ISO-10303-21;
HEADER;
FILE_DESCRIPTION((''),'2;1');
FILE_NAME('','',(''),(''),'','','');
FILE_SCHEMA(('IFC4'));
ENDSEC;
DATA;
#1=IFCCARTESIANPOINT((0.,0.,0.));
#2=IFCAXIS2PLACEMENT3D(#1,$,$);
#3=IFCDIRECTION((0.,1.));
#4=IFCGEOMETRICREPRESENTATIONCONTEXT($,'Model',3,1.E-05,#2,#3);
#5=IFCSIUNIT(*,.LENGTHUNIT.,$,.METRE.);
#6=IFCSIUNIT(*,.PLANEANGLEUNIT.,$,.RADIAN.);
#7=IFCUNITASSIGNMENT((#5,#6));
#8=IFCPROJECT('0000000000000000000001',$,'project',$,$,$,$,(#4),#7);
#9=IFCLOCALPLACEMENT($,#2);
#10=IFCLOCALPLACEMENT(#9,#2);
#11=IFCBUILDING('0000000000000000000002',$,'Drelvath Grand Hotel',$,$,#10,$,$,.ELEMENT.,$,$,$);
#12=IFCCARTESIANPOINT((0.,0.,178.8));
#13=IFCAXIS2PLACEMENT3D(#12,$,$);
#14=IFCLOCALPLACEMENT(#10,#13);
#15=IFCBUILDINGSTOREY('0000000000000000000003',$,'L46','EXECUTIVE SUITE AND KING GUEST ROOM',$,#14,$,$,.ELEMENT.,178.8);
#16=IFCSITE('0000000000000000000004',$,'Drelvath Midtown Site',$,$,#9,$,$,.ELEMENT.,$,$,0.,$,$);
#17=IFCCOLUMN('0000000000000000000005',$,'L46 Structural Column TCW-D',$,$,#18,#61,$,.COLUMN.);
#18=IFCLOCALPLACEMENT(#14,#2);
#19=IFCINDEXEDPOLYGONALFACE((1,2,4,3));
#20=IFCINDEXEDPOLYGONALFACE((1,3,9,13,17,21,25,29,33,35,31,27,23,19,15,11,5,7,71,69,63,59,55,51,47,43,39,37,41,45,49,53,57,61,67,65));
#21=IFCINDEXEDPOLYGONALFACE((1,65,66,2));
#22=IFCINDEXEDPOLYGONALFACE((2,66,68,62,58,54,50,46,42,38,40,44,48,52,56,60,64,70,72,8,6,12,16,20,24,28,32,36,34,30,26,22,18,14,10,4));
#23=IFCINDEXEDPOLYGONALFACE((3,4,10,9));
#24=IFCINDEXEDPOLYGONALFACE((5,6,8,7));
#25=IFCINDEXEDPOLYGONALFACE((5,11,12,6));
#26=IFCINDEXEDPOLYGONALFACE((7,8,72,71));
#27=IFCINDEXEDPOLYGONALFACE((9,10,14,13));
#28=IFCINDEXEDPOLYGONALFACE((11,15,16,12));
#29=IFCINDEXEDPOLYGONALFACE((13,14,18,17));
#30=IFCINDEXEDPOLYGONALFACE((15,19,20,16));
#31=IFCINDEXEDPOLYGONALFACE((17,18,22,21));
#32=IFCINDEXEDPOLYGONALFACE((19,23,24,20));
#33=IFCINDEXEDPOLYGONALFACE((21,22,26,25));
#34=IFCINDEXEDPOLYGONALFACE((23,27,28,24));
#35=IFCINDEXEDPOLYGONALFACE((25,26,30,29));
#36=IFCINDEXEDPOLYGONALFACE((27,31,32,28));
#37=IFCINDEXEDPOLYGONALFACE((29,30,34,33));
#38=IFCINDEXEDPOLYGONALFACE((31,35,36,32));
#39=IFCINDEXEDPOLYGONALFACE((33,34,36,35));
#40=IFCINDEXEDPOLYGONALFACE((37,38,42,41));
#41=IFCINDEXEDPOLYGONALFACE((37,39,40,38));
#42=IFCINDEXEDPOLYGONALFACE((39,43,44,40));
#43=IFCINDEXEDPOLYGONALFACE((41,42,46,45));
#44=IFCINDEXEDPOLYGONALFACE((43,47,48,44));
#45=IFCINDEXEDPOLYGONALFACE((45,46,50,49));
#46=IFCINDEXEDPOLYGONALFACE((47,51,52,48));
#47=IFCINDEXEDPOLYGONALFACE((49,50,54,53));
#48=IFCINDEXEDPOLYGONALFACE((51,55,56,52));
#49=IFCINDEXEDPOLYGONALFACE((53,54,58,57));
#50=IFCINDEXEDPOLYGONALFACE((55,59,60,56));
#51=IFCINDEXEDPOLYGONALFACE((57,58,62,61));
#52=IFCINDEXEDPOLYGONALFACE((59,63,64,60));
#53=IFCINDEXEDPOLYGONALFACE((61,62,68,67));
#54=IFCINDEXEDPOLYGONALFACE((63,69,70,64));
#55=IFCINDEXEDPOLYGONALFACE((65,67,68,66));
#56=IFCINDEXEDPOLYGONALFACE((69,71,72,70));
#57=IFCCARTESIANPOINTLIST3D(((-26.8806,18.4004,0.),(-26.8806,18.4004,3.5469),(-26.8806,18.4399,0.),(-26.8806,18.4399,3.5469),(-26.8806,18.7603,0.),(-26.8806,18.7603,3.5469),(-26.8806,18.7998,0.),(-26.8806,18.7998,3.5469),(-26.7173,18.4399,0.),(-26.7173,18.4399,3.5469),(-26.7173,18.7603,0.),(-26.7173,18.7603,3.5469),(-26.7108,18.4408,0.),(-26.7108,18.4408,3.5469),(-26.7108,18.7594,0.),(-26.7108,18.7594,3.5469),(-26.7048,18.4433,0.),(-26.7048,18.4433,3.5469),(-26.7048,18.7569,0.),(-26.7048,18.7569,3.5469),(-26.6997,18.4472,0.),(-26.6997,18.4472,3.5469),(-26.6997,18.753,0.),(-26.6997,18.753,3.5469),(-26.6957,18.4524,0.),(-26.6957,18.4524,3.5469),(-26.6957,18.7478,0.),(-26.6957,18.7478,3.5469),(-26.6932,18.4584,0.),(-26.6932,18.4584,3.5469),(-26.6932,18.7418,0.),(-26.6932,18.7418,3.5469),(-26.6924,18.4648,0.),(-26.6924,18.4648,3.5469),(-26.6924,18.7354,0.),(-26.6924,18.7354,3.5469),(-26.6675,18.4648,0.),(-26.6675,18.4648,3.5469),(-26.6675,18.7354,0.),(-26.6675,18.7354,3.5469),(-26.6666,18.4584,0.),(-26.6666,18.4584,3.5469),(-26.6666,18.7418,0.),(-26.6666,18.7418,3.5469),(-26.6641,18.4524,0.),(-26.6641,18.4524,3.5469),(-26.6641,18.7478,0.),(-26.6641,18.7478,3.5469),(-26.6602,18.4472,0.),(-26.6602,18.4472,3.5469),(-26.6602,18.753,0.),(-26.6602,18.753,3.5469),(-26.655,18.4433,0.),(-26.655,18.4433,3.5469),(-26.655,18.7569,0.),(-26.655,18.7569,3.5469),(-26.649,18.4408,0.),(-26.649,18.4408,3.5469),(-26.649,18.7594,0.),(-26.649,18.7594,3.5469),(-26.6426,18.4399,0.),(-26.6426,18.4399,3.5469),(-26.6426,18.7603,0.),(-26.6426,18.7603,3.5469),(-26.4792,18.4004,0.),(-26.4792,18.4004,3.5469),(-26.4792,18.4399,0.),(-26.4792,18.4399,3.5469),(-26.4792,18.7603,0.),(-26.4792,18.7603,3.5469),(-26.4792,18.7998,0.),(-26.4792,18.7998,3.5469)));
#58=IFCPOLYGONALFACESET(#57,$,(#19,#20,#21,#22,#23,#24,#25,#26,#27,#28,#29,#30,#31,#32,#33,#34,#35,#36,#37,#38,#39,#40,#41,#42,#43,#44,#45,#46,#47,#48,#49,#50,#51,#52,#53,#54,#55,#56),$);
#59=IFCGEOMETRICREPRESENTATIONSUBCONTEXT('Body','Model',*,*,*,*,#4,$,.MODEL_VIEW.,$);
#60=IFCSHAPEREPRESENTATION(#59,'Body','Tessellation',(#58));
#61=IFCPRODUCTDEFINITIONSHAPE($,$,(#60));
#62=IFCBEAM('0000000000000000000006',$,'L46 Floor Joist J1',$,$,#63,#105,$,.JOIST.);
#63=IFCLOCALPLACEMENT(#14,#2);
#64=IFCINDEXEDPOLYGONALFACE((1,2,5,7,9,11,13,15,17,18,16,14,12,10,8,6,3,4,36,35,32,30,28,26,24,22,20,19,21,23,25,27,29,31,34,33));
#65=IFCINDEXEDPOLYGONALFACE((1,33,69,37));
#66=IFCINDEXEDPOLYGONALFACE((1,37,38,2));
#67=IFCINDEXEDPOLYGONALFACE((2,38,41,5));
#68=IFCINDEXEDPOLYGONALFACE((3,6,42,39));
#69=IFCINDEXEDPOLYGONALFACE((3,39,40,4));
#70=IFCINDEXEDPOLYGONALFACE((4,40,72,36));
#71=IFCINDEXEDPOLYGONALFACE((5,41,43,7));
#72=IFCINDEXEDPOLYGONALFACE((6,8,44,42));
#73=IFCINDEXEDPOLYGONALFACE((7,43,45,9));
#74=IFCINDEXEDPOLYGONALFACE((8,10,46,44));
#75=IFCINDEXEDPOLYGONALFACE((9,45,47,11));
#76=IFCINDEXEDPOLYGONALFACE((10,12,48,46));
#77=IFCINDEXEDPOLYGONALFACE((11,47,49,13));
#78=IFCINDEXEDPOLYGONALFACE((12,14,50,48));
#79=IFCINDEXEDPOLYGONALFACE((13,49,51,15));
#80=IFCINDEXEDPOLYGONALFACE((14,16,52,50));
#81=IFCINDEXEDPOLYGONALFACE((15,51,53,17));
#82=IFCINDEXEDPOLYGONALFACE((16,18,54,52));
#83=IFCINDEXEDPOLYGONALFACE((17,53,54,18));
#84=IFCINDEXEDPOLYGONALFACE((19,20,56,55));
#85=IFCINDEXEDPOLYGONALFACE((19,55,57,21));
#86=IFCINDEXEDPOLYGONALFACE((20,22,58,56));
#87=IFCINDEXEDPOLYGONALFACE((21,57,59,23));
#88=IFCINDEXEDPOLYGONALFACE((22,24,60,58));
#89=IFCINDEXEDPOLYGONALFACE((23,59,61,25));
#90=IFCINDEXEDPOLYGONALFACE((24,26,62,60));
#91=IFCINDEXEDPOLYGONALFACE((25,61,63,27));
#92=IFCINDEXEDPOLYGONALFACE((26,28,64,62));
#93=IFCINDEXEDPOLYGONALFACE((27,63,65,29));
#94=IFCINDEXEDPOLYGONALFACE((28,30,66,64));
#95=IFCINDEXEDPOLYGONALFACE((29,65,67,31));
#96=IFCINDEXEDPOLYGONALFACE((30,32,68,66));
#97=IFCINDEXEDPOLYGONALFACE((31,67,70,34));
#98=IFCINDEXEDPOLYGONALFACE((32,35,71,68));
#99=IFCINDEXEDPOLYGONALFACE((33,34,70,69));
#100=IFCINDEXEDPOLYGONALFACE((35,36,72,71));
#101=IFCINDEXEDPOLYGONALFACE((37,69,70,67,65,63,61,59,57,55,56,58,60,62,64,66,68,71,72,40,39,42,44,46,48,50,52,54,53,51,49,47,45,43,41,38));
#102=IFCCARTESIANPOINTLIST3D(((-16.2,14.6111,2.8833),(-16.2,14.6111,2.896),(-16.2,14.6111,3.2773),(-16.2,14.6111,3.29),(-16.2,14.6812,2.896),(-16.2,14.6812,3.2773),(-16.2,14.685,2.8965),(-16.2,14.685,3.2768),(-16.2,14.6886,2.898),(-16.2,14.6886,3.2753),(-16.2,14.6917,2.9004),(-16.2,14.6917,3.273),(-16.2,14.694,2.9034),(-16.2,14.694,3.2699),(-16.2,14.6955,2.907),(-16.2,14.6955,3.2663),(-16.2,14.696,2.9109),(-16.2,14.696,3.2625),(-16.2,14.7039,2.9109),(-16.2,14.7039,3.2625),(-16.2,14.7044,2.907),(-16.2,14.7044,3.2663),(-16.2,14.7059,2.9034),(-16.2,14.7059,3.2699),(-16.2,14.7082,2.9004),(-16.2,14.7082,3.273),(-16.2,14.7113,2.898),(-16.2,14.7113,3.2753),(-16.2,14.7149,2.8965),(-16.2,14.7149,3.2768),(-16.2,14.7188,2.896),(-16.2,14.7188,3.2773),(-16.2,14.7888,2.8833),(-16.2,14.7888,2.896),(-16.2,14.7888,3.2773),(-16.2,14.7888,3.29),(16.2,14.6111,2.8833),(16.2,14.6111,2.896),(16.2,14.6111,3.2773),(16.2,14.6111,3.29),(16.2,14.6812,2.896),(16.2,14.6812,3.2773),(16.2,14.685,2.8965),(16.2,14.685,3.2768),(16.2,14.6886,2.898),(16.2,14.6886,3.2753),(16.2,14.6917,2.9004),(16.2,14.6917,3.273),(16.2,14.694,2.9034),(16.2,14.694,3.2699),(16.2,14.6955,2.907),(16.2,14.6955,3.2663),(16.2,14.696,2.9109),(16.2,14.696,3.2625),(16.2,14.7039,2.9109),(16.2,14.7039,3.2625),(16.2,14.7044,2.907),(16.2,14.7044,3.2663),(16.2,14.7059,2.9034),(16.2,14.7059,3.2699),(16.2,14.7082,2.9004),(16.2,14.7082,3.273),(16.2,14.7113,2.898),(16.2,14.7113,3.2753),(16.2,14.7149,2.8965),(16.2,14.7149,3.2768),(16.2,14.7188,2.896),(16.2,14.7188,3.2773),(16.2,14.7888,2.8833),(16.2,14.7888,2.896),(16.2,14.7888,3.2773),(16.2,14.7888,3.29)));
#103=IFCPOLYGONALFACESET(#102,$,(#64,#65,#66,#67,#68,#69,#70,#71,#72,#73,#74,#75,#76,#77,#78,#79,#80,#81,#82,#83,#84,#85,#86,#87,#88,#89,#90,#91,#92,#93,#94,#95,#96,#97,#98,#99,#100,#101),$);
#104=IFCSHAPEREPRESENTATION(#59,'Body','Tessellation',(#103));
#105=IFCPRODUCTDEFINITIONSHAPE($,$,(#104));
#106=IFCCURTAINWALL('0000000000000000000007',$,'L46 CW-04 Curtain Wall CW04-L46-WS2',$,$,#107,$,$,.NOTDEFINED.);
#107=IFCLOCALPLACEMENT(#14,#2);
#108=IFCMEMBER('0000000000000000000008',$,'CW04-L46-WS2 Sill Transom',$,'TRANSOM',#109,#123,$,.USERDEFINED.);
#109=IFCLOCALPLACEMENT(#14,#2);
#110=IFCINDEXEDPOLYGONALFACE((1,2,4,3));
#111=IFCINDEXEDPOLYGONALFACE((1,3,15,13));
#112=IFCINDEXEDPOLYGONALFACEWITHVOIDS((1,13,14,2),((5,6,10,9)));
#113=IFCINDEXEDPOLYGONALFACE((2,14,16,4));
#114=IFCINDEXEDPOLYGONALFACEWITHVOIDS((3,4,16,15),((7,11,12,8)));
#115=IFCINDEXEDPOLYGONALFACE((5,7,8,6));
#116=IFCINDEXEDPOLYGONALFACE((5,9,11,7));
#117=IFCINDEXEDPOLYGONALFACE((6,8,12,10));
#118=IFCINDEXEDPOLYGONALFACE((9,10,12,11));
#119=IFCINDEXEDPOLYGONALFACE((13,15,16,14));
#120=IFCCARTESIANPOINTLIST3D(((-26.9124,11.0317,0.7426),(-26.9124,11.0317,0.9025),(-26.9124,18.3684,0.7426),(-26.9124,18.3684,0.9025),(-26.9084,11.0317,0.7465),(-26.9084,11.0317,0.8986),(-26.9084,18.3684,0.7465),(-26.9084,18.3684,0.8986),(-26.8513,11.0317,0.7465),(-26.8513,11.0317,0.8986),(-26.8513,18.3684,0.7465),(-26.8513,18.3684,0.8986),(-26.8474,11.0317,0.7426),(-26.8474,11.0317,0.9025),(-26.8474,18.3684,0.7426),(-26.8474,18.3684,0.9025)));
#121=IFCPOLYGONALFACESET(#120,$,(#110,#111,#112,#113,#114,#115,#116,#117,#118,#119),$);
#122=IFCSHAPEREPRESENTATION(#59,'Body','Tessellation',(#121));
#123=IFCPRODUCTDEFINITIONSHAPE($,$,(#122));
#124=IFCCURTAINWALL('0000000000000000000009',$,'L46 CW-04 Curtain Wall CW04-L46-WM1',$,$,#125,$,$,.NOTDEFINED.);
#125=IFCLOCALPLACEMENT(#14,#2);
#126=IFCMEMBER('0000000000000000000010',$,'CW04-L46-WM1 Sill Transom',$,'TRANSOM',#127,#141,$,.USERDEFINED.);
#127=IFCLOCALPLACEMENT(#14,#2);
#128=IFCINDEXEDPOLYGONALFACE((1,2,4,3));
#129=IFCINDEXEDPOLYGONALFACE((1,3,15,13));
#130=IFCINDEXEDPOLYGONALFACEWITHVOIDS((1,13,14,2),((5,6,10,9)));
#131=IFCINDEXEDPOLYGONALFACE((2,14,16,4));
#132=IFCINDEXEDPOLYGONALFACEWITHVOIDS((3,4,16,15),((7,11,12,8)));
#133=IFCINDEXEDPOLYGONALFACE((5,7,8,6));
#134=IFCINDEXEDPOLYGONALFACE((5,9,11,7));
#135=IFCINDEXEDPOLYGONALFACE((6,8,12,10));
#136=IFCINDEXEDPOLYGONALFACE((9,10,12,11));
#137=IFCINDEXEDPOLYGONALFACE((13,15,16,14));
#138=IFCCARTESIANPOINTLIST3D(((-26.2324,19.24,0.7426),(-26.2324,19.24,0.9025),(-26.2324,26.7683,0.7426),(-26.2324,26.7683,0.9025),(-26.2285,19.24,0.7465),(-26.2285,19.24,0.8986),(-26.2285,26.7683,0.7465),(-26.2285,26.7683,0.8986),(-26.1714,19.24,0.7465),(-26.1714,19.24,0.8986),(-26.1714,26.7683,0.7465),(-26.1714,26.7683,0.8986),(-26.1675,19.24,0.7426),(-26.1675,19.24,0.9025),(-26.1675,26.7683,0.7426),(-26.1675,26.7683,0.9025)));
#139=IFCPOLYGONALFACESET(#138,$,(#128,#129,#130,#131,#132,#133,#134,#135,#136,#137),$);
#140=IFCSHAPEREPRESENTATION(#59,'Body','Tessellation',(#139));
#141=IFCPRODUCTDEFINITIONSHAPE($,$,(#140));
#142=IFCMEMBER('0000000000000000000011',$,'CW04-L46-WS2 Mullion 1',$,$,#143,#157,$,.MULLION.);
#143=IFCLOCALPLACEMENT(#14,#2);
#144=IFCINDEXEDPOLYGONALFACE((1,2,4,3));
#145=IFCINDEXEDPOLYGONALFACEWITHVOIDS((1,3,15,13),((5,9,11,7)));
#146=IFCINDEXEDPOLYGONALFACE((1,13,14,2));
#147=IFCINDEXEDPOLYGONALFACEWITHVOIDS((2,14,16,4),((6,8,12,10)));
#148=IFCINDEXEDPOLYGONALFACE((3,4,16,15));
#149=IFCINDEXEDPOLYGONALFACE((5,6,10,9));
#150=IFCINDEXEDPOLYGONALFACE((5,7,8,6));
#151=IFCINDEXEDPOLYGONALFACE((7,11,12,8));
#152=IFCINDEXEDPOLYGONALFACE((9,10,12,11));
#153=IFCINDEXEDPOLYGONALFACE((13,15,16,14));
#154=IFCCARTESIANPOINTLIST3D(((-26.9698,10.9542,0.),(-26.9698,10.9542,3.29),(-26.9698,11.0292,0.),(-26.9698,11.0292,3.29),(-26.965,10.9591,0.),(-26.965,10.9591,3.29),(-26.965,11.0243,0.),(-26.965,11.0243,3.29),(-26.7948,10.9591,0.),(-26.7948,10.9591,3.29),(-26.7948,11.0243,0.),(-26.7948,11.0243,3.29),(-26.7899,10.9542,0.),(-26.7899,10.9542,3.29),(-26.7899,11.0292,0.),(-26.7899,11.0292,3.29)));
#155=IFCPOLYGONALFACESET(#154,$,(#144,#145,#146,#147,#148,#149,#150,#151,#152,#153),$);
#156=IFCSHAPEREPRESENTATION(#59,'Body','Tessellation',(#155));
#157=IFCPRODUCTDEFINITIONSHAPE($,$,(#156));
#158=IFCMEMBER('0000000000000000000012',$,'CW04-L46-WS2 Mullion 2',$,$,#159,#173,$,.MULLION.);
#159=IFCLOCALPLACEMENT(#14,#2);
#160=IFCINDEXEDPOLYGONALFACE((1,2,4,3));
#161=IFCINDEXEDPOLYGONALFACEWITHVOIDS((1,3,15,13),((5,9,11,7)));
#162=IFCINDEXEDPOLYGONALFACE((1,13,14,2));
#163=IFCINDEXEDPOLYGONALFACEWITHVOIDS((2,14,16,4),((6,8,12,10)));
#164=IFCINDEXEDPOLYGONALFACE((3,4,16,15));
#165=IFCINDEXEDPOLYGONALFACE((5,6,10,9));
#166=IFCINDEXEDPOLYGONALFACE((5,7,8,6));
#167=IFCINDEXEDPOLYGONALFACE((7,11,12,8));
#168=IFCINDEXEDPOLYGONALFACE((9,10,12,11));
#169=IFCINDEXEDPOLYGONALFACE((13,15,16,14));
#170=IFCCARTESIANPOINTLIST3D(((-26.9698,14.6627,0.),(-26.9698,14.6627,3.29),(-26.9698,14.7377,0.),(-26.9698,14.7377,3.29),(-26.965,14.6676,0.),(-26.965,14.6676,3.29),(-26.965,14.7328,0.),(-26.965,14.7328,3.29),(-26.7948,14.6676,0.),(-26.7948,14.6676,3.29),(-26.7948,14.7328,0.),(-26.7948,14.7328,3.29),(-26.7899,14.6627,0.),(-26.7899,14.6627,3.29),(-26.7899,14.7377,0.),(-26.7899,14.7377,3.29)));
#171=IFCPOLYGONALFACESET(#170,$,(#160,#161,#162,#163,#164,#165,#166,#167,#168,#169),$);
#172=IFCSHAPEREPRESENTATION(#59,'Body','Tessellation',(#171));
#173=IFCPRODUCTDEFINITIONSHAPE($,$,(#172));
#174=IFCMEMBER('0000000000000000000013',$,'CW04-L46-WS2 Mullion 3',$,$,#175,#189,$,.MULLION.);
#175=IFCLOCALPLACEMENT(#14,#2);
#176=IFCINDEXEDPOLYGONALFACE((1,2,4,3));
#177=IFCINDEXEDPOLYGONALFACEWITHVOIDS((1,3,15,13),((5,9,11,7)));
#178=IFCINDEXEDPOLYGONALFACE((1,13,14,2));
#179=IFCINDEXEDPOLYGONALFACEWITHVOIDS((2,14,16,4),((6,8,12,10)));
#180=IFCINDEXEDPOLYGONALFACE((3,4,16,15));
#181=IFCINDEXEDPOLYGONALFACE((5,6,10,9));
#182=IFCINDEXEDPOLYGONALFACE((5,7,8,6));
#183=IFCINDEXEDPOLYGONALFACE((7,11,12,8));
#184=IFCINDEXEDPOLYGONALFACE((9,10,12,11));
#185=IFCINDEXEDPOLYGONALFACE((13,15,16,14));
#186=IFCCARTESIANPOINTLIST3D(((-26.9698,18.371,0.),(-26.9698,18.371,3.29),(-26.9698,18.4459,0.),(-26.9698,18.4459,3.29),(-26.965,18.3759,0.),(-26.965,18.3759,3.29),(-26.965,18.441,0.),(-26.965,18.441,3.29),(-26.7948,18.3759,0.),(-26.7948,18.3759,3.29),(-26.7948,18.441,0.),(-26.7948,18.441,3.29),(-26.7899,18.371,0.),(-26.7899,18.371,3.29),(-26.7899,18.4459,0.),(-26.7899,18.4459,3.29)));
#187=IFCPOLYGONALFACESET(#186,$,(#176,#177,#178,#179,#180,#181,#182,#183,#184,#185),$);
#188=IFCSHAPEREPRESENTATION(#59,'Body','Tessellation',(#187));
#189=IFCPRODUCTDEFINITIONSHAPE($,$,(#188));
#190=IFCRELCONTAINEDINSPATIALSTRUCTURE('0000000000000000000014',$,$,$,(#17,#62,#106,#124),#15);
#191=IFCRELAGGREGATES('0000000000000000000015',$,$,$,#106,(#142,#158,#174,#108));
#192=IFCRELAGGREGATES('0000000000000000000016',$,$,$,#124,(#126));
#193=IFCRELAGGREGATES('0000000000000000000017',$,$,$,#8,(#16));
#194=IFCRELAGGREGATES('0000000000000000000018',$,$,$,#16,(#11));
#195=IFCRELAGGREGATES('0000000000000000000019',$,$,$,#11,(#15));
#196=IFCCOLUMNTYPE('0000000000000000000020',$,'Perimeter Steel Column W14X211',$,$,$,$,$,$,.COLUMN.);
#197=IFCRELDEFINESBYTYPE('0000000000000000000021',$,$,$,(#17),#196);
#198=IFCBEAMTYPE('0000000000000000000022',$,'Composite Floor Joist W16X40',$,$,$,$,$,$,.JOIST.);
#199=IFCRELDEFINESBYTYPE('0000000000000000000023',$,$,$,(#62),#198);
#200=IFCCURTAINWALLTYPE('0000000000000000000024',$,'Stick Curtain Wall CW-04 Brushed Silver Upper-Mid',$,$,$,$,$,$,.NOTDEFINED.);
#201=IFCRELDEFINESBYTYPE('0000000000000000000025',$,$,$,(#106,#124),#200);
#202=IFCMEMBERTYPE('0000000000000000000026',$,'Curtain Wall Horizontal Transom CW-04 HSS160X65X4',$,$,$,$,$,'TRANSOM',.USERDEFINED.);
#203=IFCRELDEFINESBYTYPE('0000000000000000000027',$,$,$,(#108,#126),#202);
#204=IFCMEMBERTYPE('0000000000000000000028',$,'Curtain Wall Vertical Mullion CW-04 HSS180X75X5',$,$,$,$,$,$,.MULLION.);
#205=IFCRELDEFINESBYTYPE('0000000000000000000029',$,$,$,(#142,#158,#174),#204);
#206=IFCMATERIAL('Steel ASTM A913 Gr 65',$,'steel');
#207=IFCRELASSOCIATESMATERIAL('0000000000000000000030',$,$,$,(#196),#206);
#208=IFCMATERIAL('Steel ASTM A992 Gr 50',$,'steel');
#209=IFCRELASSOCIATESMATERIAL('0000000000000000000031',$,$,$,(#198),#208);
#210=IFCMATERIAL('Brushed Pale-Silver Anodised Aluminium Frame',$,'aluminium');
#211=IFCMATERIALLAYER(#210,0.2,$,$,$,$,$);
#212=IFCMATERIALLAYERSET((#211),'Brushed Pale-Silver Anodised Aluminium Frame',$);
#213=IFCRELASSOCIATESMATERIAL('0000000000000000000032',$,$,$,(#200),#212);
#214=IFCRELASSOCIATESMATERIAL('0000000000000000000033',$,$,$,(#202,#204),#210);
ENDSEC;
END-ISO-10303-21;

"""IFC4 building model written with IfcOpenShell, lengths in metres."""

from ifc_helpers import new_model, si_unit, direction, frame, origin, origin_2d, place, context, subcontext, project, spatial, hollow_rectangle, i_section, extrude, material, layer, layer_set, material_profile, profile_set, type_object, element, aggregate, save


model = new_model("IFC4")

# Units and contexts
model_context = context("Model", 3, precision=1e-05, world=origin(), true_north=direction((0.0, 1.0)))
body_context = subcontext(model_context, "Body", "Model", "MODEL_VIEW")
ifc_project = project(units=[si_unit("LENGTHUNIT", "METRE"), si_unit("PLANEANGLEUNIT", "RADIAN")], contexts=[model_context])

# Site, building, storey
site_placement = place(None, origin())
site = spatial("IfcSite", under=ifc_project, at=site_placement, Name="Drelvath Midtown Site", CompositionType="ELEMENT", RefElevation=0.0)
building_placement = place(site_placement, origin())
building = spatial("IfcBuilding", under=site, at=building_placement, Name="Drelvath Grand Hotel", CompositionType="ELEMENT")
storey_placement = place(building_placement, frame((0.0, 0.0, 178.8)))
storey = spatial("IfcBuildingStorey", under=building, at=storey_placement, Name="L46", Description="EXECUTIVE SUITE AND KING GUEST ROOM", CompositionType="ELEMENT", Elevation=178.8)

# Column
ifc_material_1 = material(Name="Steel ASTM A913 Gr 65", Category="steel")
ifc_material_profile_1 = material_profile(ifc_material_1, i_section(OverallWidth=0.4014, OverallDepth=0.3994, WebThickness=0.0249, FlangeThickness=0.0396, FilletRadius=0.0249, at=origin_2d()), Name="W14X211")
ifc_profile_set_1 = profile_set([ifc_material_profile_1], Name="Steel ASTM A913 Gr 65")
column_type = type_object("IfcColumnType", Name="Perimeter Steel Column W14X211", PredefinedType="COLUMN", material=ifc_profile_set_1)
column_placement = place(storey_placement, frame((-26.6799, 18.6001, 0.0), z_axis=(0.0, 0.0, 1.0), x_axis=(1.0, 0.0, 0.0)))
element("IfcColumn", 1, at=column_placement, inside=storey, type_object=column_type, Name="L46 Structural Column TCW-D", PredefinedType="COLUMN", context=body_context, shape_type="SweptSolid", body=[
    extrude(i_section(OverallWidth=0.4014, OverallDepth=0.3994, WebThickness=0.0249, FlangeThickness=0.0396, FilletRadius=0.0249, at=origin_2d()), origin(), (0.0, 0.0, 1.0), 3.5469),
])

# Beam
ifc_material_2 = material(Name="Steel ASTM A992 Gr 50", Category="steel")
ifc_material_profile_2 = material_profile(ifc_material_2, i_section(OverallWidth=0.1777, OverallDepth=0.4067, WebThickness=0.0078, FlangeThickness=0.0127, FilletRadius=0.0149, at=origin_2d()), Name="W16X40")
ifc_profile_set_2 = profile_set([ifc_material_profile_2], Name="Steel ASTM A992 Gr 50")
beam_type_1 = type_object("IfcBeamType", Name="Composite Floor Joist W16X40", PredefinedType="JOIST", material=ifc_profile_set_2)
beam_1_placement = place(storey_placement, frame((-16.2, 14.7, 3.0867), z_axis=(1.0, 0.0, 0.0), x_axis=(0.0, 1.0, 0.0)))
element("IfcBeam", 2, at=beam_1_placement, inside=storey, type_object=beam_type_1, Name="L46 Floor Joist J1", PredefinedType="JOIST", context=body_context, shape_type="SweptSolid", body=[
    extrude(i_section(OverallWidth=0.1777, OverallDepth=0.4067, WebThickness=0.0078, FlangeThickness=0.0127, FilletRadius=0.0149, at=origin_2d()), origin(), (0.0, 0.0, 1.0), 32.3999),
])

# Curtain walls, members
ifc_material_3 = material(Name="Brushed Pale-Silver Anodised Aluminium Frame", Category="aluminium")
ifc_layer_1 = layer(ifc_material_3, 0.2)
ifc_layer_set_1 = layer_set([ifc_layer_1], Name="Brushed Pale-Silver Anodised Aluminium Frame")
curtain_wall_type = type_object("IfcCurtainWallType", Name="Stick Curtain Wall CW-04 Brushed Silver Upper-Mid", PredefinedType="NOTDEFINED", material=ifc_layer_set_1)
curtain_wall_1_placement = place(storey_placement, origin())
curtain_wall_1 = element("IfcCurtainWall", 3, at=curtain_wall_1_placement, inside=storey, type_object=curtain_wall_type, Name="L46 CW-04 Curtain Wall CW04-L46-WS2", PredefinedType="NOTDEFINED")
ifc_material_profile_3 = material_profile(ifc_material_3, hollow_rectangle(XDim=0.0649, YDim=0.1599, WallThickness=0.0039, at=origin_2d()), Name="HSS160X65X4")
ifc_profile_set_3 = profile_set([ifc_material_profile_3], Name="Brushed Pale-Silver Anodised Aluminium Frame")
member_type_1 = type_object("IfcMemberType", Name="Curtain Wall Horizontal Transom CW-04 HSS160X65X4", ElementType="TRANSOM", PredefinedType="USERDEFINED", material=ifc_profile_set_3)
member_1_placement = place(storey_placement, frame((-26.8799, 11.0317, 0.8225), z_axis=(0.0, 1.0, 0.0), x_axis=(-1.0, 0.0, 0.0)))
member_1 = element("IfcMember", 4, at=member_1_placement, type_object=member_type_1, Name="CW04-L46-WS2 Sill Transom", ObjectType="TRANSOM", PredefinedType="USERDEFINED", context=body_context, shape_type="SweptSolid", body=[
    extrude(hollow_rectangle(XDim=0.0649, YDim=0.1599, WallThickness=0.0039, at=origin_2d()), origin(), (0.0, 0.0, 1.0), 7.3367),
])
curtain_wall_2_placement = place(storey_placement, origin())
curtain_wall_2 = element("IfcCurtainWall", 5, at=curtain_wall_2_placement, inside=storey, type_object=curtain_wall_type, Name="L46 CW-04 Curtain Wall CW04-L46-WM1", PredefinedType="NOTDEFINED")
member_2_placement = place(storey_placement, frame((-26.2, 19.24, 0.8225), z_axis=(0.0, 1.0, 0.0), x_axis=(-1.0, 0.0, 0.0)))
member_2 = element("IfcMember", 6, at=member_2_placement, type_object=member_type_1, Name="CW04-L46-WM1 Sill Transom", ObjectType="TRANSOM", PredefinedType="USERDEFINED", context=body_context, shape_type="SweptSolid", body=[
    extrude(hollow_rectangle(XDim=0.0649, YDim=0.1599, WallThickness=0.0039, at=origin_2d()), origin(), (0.0, 0.0, 1.0), 7.5283),
])

# Members
ifc_material_profile_4 = material_profile(ifc_material_3, hollow_rectangle(XDim=0.075, YDim=0.1799, WallThickness=0.0049, at=origin_2d()), Name="HSS180X75X5")
ifc_profile_set_4 = profile_set([ifc_material_profile_4], Name="Brushed Pale-Silver Anodised Aluminium Frame")
member_type_2 = type_object("IfcMemberType", Name="Curtain Wall Vertical Mullion CW-04 HSS180X75X5", PredefinedType="MULLION", material=ifc_profile_set_4)
member_3_placement = place(storey_placement, frame((-26.8799, 10.9917, 0.0), z_axis=(0.0, 0.0, 1.0), x_axis=(0.0, 1.0, 0.0)))
member_3 = element("IfcMember", 7, at=member_3_placement, type_object=member_type_2, Name="CW04-L46-WS2 Mullion 1", PredefinedType="MULLION", context=body_context, shape_type="SweptSolid", body=[
    extrude(hollow_rectangle(XDim=0.075, YDim=0.1799, WallThickness=0.0049, at=origin_2d()), origin(), (0.0, 0.0, 1.0), 3.29),
])
member_4_placement = place(storey_placement, frame((-26.8799, 14.7002, 0.0), z_axis=(0.0, 0.0, 1.0), x_axis=(0.0, 1.0, 0.0)))
member_4 = element("IfcMember", 8, at=member_4_placement, type_object=member_type_2, Name="CW04-L46-WS2 Mullion 2", PredefinedType="MULLION", context=body_context, shape_type="SweptSolid", body=[
    extrude(hollow_rectangle(XDim=0.075, YDim=0.1799, WallThickness=0.0049, at=origin_2d()), origin(), (0.0, 0.0, 1.0), 3.29),
])
member_5_placement = place(storey_placement, frame((-26.8799, 18.4084, 0.0), z_axis=(0.0, 0.0, 1.0), x_axis=(0.0, 1.0, 0.0)))
member_5 = element("IfcMember", 9, at=member_5_placement, type_object=member_type_2, Name="CW04-L46-WS2 Mullion 3", PredefinedType="MULLION", context=body_context, shape_type="SweptSolid", body=[
    extrude(hollow_rectangle(XDim=0.075, YDim=0.1799, WallThickness=0.0049, at=origin_2d()), origin(), (0.0, 0.0, 1.0), 3.29),
])

aggregate(curtain_wall_1, [member_3, member_4, member_5, member_1])
aggregate(curtain_wall_2, [member_2])

save(model, "model.ifc")
